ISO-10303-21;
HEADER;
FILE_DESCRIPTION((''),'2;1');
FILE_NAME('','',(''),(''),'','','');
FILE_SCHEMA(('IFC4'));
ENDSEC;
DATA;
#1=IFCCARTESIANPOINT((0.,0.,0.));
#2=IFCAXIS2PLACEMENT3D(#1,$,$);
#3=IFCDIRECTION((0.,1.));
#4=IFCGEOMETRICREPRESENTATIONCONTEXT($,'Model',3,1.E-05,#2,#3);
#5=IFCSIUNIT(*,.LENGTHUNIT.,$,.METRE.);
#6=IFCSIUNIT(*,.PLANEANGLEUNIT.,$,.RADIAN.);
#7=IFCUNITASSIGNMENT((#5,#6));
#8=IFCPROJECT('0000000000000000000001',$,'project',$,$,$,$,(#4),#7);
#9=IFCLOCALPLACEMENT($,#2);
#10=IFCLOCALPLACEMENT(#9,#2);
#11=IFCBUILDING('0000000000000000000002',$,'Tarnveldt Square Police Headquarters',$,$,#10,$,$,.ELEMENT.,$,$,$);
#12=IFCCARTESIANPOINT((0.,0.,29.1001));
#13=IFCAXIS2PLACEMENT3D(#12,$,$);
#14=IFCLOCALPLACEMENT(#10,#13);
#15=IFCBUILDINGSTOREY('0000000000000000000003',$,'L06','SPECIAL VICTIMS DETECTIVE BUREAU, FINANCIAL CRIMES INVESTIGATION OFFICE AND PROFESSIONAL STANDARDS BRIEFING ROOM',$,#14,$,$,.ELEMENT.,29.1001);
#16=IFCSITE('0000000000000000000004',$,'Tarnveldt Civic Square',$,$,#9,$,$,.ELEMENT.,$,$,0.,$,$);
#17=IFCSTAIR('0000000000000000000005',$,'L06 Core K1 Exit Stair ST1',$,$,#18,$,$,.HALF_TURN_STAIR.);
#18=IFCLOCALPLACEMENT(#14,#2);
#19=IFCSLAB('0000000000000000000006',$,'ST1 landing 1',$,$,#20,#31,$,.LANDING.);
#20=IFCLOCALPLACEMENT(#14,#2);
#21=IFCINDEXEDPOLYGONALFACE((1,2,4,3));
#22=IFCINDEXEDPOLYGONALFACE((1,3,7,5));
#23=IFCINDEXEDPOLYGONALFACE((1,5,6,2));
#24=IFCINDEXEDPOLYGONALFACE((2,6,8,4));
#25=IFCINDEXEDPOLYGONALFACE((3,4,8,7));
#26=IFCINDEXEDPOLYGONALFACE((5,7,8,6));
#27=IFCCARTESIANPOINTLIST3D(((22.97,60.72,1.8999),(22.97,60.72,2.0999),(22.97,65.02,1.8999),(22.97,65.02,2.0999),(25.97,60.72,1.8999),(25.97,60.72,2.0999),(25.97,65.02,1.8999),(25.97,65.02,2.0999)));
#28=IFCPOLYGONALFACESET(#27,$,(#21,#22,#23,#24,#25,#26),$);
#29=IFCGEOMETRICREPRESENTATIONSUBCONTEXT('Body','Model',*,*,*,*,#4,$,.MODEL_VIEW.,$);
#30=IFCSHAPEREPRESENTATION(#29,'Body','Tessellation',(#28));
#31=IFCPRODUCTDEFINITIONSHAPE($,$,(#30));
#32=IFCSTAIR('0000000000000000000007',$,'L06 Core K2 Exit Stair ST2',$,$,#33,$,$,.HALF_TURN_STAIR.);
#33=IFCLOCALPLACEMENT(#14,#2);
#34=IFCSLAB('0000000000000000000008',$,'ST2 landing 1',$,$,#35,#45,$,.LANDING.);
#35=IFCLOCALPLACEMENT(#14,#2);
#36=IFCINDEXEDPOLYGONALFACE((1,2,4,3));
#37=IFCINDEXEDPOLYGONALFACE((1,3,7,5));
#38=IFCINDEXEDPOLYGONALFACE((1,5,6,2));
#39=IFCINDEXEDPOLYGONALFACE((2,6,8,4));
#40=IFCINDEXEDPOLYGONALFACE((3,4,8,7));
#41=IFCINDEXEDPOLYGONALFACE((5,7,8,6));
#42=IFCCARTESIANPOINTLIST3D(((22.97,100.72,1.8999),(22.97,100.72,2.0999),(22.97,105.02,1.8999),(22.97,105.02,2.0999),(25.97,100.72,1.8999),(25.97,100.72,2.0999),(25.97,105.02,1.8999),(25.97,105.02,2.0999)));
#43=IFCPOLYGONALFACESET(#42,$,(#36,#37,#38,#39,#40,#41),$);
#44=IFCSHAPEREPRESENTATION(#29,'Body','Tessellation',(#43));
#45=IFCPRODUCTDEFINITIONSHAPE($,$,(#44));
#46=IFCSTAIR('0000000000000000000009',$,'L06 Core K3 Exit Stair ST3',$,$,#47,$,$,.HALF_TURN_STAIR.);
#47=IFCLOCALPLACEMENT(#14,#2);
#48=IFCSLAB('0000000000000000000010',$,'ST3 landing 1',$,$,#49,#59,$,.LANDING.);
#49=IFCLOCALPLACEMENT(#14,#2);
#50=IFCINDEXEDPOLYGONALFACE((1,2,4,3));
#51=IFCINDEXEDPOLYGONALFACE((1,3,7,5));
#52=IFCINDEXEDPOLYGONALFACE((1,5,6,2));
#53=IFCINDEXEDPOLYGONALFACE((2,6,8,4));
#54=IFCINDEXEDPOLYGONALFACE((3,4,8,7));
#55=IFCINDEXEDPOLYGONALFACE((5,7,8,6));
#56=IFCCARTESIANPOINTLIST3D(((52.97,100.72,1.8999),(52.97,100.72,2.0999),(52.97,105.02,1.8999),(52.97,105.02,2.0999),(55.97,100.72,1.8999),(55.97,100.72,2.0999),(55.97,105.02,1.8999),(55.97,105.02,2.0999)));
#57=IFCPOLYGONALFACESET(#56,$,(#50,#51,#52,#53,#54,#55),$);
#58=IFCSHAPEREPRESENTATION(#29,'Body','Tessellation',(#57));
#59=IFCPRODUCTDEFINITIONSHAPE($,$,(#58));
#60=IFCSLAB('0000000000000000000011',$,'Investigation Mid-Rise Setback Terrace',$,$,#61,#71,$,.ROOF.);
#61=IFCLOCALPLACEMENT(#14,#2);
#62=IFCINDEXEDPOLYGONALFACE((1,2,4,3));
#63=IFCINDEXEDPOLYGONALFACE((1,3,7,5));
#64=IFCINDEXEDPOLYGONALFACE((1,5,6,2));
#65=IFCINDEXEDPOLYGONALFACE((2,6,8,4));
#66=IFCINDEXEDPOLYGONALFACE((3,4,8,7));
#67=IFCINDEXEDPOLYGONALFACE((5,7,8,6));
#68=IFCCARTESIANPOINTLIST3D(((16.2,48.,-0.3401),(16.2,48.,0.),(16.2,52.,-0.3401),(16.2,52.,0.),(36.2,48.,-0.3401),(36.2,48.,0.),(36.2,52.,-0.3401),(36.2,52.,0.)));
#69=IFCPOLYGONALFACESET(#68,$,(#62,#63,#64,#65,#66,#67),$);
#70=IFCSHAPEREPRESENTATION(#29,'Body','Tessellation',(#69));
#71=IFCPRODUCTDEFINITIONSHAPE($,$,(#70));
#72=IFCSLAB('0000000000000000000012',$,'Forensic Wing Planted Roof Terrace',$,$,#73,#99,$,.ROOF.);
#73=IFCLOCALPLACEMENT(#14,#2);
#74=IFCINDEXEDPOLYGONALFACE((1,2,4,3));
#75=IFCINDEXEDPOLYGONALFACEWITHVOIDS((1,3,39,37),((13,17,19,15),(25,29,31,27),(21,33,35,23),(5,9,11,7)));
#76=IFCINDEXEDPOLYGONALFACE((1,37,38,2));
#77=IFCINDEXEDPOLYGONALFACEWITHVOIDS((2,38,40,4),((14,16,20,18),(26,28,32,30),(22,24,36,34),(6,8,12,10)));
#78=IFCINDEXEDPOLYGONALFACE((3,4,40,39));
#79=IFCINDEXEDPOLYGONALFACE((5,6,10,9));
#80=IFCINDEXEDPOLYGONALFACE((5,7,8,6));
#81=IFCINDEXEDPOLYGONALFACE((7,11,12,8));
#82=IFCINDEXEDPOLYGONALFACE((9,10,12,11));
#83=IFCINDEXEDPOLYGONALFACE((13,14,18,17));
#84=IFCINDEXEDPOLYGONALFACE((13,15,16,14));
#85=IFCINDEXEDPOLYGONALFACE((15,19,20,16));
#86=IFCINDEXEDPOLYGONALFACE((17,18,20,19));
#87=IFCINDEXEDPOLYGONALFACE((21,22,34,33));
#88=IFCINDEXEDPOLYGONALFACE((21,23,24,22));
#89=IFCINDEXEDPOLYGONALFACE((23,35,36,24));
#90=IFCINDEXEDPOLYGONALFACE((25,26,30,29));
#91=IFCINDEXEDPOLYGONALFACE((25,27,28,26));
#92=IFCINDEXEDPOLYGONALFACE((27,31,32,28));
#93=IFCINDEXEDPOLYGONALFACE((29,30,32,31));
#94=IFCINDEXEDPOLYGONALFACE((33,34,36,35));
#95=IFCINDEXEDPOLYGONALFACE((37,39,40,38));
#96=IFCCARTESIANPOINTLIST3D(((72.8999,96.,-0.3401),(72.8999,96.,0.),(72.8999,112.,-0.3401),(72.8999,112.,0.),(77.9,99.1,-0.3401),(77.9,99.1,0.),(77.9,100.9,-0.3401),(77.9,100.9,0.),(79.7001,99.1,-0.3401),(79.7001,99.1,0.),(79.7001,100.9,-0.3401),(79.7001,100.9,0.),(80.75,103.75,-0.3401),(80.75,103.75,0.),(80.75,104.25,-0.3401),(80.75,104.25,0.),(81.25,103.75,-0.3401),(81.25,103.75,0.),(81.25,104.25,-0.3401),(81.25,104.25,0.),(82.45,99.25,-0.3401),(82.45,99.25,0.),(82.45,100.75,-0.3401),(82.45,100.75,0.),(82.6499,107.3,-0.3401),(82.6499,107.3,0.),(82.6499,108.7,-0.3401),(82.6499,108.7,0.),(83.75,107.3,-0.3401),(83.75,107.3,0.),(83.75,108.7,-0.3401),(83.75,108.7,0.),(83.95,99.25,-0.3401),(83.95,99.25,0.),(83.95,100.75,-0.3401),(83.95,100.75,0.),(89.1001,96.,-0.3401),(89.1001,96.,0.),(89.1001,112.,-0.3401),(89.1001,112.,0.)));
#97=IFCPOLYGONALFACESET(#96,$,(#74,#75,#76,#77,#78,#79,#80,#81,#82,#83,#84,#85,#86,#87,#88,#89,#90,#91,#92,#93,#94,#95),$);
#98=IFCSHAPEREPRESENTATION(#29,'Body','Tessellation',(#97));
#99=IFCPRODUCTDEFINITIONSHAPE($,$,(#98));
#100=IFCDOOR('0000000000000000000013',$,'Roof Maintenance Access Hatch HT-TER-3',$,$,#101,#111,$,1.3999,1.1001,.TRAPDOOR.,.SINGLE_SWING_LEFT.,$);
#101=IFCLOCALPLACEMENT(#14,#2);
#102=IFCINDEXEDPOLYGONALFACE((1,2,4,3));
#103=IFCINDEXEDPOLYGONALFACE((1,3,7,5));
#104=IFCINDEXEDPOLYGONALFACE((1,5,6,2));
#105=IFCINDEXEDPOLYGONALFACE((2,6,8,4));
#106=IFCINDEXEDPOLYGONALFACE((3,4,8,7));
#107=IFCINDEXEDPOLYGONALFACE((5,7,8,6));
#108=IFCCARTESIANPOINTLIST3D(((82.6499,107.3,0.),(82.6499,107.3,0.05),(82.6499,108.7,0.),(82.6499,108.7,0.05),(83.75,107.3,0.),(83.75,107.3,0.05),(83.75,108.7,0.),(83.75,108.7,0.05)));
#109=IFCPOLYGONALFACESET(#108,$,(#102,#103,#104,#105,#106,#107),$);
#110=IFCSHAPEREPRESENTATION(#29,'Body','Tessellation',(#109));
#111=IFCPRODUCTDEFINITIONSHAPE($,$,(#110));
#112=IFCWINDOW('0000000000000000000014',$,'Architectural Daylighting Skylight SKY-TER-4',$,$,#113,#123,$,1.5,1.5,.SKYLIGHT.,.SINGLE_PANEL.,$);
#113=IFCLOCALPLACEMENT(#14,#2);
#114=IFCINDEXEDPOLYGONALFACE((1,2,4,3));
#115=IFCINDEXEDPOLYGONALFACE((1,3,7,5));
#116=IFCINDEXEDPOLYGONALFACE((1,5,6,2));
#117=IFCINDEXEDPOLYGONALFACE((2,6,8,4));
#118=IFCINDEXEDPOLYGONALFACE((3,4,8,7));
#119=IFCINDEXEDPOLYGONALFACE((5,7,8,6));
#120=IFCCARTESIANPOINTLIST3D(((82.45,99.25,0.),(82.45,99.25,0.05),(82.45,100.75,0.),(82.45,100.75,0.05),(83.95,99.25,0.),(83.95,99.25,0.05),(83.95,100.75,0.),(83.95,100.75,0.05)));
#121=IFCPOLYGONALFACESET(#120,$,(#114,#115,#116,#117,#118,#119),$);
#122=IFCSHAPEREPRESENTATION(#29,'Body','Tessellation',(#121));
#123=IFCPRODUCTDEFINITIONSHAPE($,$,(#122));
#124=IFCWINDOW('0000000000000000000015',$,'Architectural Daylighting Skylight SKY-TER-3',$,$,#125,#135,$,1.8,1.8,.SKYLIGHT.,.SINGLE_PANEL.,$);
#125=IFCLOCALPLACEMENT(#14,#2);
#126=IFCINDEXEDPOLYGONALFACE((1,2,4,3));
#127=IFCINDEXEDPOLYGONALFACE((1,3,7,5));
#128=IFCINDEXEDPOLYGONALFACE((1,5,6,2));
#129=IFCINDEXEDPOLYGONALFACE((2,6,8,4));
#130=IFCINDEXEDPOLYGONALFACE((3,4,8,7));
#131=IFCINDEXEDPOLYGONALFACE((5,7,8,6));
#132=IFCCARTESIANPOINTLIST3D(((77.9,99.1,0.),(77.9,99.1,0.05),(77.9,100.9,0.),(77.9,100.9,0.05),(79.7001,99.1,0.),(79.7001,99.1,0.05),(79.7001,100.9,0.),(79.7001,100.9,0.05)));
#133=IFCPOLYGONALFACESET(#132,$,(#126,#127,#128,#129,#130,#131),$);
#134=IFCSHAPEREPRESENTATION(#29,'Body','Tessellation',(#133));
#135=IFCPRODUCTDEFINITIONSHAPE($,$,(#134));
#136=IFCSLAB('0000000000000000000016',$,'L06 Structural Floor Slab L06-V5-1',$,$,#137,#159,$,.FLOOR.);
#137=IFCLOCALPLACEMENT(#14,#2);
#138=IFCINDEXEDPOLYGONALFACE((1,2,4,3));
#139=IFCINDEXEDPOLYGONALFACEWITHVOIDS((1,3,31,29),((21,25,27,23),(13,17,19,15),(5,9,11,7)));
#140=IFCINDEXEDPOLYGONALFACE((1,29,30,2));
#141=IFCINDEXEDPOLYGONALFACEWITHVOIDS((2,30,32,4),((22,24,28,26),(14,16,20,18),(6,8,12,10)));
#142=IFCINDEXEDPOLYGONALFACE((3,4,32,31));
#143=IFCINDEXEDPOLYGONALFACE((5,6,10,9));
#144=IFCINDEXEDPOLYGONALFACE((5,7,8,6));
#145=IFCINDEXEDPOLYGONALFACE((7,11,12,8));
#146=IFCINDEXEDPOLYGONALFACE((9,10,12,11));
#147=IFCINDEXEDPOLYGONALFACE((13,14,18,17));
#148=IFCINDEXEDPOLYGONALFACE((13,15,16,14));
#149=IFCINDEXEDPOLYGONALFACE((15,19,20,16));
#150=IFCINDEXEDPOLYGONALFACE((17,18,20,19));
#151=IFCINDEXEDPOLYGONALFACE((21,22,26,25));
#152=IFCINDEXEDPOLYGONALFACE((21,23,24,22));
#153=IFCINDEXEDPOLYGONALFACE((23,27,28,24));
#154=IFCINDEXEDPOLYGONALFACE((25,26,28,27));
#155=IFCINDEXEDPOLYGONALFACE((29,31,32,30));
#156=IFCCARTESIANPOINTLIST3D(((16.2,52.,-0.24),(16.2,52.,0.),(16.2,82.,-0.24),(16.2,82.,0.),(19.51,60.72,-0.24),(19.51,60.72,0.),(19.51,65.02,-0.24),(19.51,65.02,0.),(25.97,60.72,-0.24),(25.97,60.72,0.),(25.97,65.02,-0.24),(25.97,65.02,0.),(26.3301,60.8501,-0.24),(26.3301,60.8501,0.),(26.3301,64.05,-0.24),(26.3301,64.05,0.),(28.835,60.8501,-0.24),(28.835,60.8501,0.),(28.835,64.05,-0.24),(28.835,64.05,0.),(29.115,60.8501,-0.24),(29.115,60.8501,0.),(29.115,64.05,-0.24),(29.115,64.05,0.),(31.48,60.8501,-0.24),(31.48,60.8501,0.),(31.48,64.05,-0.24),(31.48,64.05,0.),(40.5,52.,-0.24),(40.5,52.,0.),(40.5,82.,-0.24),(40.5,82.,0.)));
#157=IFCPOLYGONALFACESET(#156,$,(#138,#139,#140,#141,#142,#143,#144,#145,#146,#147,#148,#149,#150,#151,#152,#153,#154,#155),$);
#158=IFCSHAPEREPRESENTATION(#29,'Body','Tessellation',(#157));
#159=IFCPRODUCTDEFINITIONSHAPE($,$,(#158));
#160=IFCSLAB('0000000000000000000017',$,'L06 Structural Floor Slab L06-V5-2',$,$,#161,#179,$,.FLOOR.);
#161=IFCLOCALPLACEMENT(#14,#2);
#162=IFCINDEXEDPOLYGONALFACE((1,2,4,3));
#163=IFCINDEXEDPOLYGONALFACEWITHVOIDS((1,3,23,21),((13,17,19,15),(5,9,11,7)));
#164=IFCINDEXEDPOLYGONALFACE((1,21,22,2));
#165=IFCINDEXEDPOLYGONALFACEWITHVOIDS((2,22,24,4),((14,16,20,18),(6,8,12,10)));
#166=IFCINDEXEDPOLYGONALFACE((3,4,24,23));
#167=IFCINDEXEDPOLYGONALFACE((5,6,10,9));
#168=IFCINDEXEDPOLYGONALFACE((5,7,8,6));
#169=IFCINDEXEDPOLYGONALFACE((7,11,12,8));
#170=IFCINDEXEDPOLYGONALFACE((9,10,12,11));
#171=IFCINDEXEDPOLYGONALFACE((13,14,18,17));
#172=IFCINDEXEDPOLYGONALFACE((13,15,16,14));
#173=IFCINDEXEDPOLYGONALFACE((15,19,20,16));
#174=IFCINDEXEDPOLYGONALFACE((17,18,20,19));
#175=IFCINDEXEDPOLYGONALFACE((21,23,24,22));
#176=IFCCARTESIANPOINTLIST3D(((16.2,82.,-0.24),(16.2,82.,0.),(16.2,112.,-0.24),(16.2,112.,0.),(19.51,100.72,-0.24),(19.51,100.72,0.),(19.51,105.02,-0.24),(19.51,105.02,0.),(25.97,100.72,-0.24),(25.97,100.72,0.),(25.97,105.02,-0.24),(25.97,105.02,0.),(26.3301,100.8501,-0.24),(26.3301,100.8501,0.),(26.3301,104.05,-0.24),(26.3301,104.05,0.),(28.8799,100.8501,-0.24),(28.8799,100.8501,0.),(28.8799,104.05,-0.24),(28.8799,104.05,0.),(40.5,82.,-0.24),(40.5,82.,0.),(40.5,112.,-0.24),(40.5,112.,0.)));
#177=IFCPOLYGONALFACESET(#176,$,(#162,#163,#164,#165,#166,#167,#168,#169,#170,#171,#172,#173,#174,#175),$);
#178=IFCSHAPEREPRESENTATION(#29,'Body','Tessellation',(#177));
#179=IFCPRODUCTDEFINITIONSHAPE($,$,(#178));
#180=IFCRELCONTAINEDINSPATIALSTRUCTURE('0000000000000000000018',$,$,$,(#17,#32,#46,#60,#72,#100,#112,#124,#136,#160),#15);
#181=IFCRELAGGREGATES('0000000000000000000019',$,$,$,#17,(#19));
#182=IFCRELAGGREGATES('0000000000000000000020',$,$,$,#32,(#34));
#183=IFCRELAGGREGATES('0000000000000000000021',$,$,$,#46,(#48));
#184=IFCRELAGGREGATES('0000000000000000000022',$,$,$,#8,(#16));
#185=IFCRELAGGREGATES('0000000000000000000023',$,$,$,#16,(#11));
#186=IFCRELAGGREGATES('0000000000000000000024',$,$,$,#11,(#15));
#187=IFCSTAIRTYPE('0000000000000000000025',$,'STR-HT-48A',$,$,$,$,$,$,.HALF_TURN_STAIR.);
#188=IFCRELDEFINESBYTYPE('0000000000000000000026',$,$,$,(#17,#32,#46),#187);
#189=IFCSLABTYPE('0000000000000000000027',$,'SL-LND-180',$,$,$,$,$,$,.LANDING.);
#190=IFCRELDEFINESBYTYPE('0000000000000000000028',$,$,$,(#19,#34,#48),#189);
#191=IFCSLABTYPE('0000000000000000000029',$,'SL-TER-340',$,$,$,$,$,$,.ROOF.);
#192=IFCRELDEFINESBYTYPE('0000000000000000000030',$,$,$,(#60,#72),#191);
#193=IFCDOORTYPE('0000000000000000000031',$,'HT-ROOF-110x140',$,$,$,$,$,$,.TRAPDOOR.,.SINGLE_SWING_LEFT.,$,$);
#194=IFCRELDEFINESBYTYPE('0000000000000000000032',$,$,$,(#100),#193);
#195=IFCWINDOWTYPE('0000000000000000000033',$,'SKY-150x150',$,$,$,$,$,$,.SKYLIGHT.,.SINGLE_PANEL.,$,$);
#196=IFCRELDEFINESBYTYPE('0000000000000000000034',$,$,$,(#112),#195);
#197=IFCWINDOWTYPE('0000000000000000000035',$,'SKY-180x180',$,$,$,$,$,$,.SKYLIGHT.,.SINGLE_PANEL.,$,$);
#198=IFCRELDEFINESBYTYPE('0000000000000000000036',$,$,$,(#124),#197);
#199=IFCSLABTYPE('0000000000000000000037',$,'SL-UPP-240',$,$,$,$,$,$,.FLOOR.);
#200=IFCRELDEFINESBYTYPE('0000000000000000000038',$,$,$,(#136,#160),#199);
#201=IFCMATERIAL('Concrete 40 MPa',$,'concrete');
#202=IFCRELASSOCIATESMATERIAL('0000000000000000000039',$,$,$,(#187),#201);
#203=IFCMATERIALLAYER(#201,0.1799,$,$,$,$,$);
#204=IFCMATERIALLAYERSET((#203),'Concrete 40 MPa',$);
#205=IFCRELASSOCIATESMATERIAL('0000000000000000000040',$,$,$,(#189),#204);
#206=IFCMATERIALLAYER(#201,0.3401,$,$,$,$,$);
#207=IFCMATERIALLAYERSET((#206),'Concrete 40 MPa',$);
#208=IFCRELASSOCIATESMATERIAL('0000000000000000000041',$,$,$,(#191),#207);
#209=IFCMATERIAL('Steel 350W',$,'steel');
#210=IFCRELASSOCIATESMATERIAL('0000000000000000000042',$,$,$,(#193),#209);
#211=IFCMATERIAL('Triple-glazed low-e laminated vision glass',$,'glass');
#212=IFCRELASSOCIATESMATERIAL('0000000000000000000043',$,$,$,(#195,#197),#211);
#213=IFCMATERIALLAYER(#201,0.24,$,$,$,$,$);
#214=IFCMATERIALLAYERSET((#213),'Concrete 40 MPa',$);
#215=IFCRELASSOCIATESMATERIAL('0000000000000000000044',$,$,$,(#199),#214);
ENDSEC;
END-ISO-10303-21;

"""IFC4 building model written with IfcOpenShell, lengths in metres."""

from ifc_helpers import new_model, si_unit, direction, frame, origin, origin_2d, place, context, subcontext, project, spatial, polyline, rectangle, outline, extrude, material, layer, layer_set, type_object, element, fill, aggregate, save


model = new_model("IFC4")

# Units and contexts
model_context = context("Model", 3, precision=1e-05, world=origin(), true_north=direction((0.0, 1.0)))
body_context = subcontext(model_context, "Body", "Model", "MODEL_VIEW")
ifc_project = project(units=[si_unit("LENGTHUNIT", "METRE"), si_unit("PLANEANGLEUNIT", "RADIAN")], contexts=[model_context])

# Site, building, storey
site_placement = place(None, origin())
site = spatial("IfcSite", under=ifc_project, at=site_placement, Name="Tarnveldt Civic Square", CompositionType="ELEMENT", RefElevation=0.0)
building_placement = place(site_placement, origin())
building = spatial("IfcBuilding", under=site, at=building_placement, Name="Tarnveldt Square Police Headquarters", CompositionType="ELEMENT")
storey_placement = place(building_placement, frame((0.0, 0.0, 29.1001)))
storey = spatial("IfcBuildingStorey", under=building, at=storey_placement, Name="L06", Description="SPECIAL VICTIMS DETECTIVE BUREAU, FINANCIAL CRIMES INVESTIGATION OFFICE AND PROFESSIONAL STANDARDS BRIEFING ROOM", CompositionType="ELEMENT", Elevation=29.1001)

# Stairs, slabs
ifc_material_1 = material(Name="Concrete 40 MPa", Category="concrete")
stair_type = type_object("IfcStairType", Name="STR-HT-48A", PredefinedType="HALF_TURN_STAIR", material=ifc_material_1)
stair_1_placement = place(storey_placement, origin())
stair_1 = element("IfcStair", 1, at=stair_1_placement, inside=storey, type_object=stair_type, Name="L06 Core K1 Exit Stair ST1", PredefinedType="HALF_TURN_STAIR")
ifc_layer_1 = layer(ifc_material_1, 0.1799)
ifc_layer_set_1 = layer_set([ifc_layer_1], Name="Concrete 40 MPa")
slab_type_1 = type_object("IfcSlabType", Name="SL-LND-180", PredefinedType="LANDING", material=ifc_layer_set_1)
slab_1_placement = place(storey_placement, frame((0.0, 0.0, 1.8999)))
slab_1 = element("IfcSlab", 2, at=slab_1_placement, type_object=slab_type_1, Name="ST1 landing 1", PredefinedType="LANDING", context=body_context, shape_type="SweptSolid", body=[
    extrude(outline(polyline([(22.97, 60.72), (25.97, 60.72), (25.97, 65.02), (22.97, 65.02), (22.97, 60.72)])), origin(), (0.0, 0.0, 1.0), 0.2),
])
aggregate(stair_1, [slab_1])
stair_2_placement = place(storey_placement, origin())
stair_2 = element("IfcStair", 3, at=stair_2_placement, inside=storey, type_object=stair_type, Name="L06 Core K2 Exit Stair ST2", PredefinedType="HALF_TURN_STAIR")
slab_2_placement = place(storey_placement, frame((0.0, 0.0, 1.8999)))
slab_2 = element("IfcSlab", 4, at=slab_2_placement, type_object=slab_type_1, Name="ST2 landing 1", PredefinedType="LANDING", context=body_context, shape_type="SweptSolid", body=[
    extrude(outline(polyline([(22.97, 100.72), (25.97, 100.72), (25.97, 105.02), (22.97, 105.02), (22.97, 100.72)])), origin(), (0.0, 0.0, 1.0), 0.2),
])
aggregate(stair_2, [slab_2])
stair_3_placement = place(storey_placement, origin())
stair_3 = element("IfcStair", 5, at=stair_3_placement, inside=storey, type_object=stair_type, Name="L06 Core K3 Exit Stair ST3", PredefinedType="HALF_TURN_STAIR")
slab_3_placement = place(storey_placement, frame((0.0, 0.0, 1.8999)))
slab_3 = element("IfcSlab", 6, at=slab_3_placement, type_object=slab_type_1, Name="ST3 landing 1", PredefinedType="LANDING", context=body_context, shape_type="SweptSolid", body=[
    extrude(outline(polyline([(52.97, 100.72), (55.97, 100.72), (55.97, 105.02), (52.97, 105.02), (52.97, 100.72)])), origin(), (0.0, 0.0, 1.0), 0.2),
])
aggregate(stair_3, [slab_3])

# Slab
ifc_layer_2 = layer(ifc_material_1, 0.3401)
ifc_layer_set_2 = layer_set([ifc_layer_2], Name="Concrete 40 MPa")
slab_type_2 = type_object("IfcSlabType", Name="SL-TER-340", PredefinedType="ROOF", material=ifc_layer_set_2)
slab_4_placement = place(storey_placement, frame((0.0, 0.0, -0.3401)))
element("IfcSlab", 7, at=slab_4_placement, inside=storey, type_object=slab_type_2, Name="Investigation Mid-Rise Setback Terrace", PredefinedType="ROOF", context=body_context, shape_type="SweptSolid", body=[
    extrude(outline(polyline([(36.2, 48.0), (16.2, 48.0), (16.2, 52.0), (36.2, 52.0), (36.2, 48.0)])), origin(), (0.0, 0.0, 1.0), 0.3401),
])

# Slab, openings, door, windows
slab_5_placement = place(storey_placement, frame((0.0, 0.0, -0.3401)))
slab_5 = element("IfcSlab", 8, at=slab_5_placement, inside=storey, type_object=slab_type_2, Name="Forensic Wing Planted Roof Terrace", PredefinedType="ROOF", context=body_context, shape_type="SweptSolid", body=[
    extrude(outline(polyline([(89.1001, 96.0), (72.8999, 96.0), (72.8999, 112.0), (89.1001, 112.0), (89.1001, 96.0)]), holes=[polyline([(81.25, 104.25), (80.75, 104.25), (80.75, 103.75), (81.25, 103.75), (81.25, 104.25)])]), origin(), (0.0, 0.0, 1.0), 0.3401),
])
opening_1_placement = place(slab_5_placement, frame((78.8, 100.0, 0.0)))
opening_1 = element("IfcOpeningElement", 9, at=opening_1_placement, cuts=slab_5, PredefinedType="OPENING", context=body_context, shape_type="SweptSolid", body=[
    extrude(rectangle(XDim=1.8, YDim=1.8, at=origin_2d()), frame((0.0, 0.0, -0.01)), (0.0, 0.0, 1.0), 0.4202),
])
opening_2_placement = place(slab_5_placement, frame((83.2, 100.0, 0.0)))
opening_2 = element("IfcOpeningElement", 10, at=opening_2_placement, cuts=slab_5, PredefinedType="OPENING", context=body_context, shape_type="SweptSolid", body=[
    extrude(rectangle(XDim=1.5, YDim=1.5, at=origin_2d()), frame((0.0, 0.0, -0.01)), (0.0, 0.0, 1.0), 0.4202),
])
opening_3_placement = place(slab_5_placement, frame((83.2, 108.0, 0.0)))
opening_3 = element("IfcOpeningElement", 11, at=opening_3_placement, cuts=slab_5, PredefinedType="OPENING", context=body_context, shape_type="SweptSolid", body=[
    extrude(rectangle(XDim=1.1001, YDim=1.3999, at=origin_2d()), frame((0.0, 0.0, -0.01)), (0.0, 0.0, 1.0), 0.4202),
])
ifc_material_2 = material(Name="Steel 350W", Category="steel")
door_type_1 = type_object("IfcDoorType", Name="HT-ROOF-110x140", OperationType="SINGLE_SWING_LEFT", PredefinedType="TRAPDOOR", material=ifc_material_2)
door_1_placement = place(opening_3_placement, frame((0.0, 0.0, 0.3401)))
door_1 = element("IfcDoor", 12, at=door_1_placement, inside=storey, type_object=door_type_1, Name="Roof Maintenance Access Hatch HT-TER-3", OperationType="SINGLE_SWING_LEFT", OverallHeight=1.3999, OverallWidth=1.1001, PredefinedType="TRAPDOOR", context=body_context, shape_type="SweptSolid", body=[
    extrude(rectangle(XDim=1.1001, YDim=1.3999, at=origin_2d()), origin(), (0.0, 0.0, 1.0), 0.05),
])
fill(opening_3, door_1)
ifc_material_3 = material(Name="Triple-glazed low-e laminated vision glass", Category="glass")
window_type_1 = type_object("IfcWindowType", Name="SKY-150x150", PartitioningType="SINGLE_PANEL", PredefinedType="SKYLIGHT", material=ifc_material_3)
window_1_placement = place(opening_2_placement, frame((0.0, 0.0, 0.3401)))
window_1 = element("IfcWindow", 13, at=window_1_placement, inside=storey, type_object=window_type_1, Name="Architectural Daylighting Skylight SKY-TER-4", OverallHeight=1.5, OverallWidth=1.5, PartitioningType="SINGLE_PANEL", PredefinedType="SKYLIGHT", context=body_context, shape_type="SweptSolid", body=[
    extrude(rectangle(XDim=1.5, YDim=1.5, at=origin_2d()), origin(), (0.0, 0.0, 1.0), 0.05),
])
fill(opening_2, window_1)
window_type_2 = type_object("IfcWindowType", Name="SKY-180x180", PartitioningType="SINGLE_PANEL", PredefinedType="SKYLIGHT", material=ifc_material_3)
window_2_placement = place(opening_1_placement, frame((0.0, 0.0, 0.3401)))
window_2 = element("IfcWindow", 14, at=window_2_placement, inside=storey, type_object=window_type_2, Name="Architectural Daylighting Skylight SKY-TER-3", OverallHeight=1.8, OverallWidth=1.8, PartitioningType="SINGLE_PANEL", PredefinedType="SKYLIGHT", context=body_context, shape_type="SweptSolid", body=[
    extrude(rectangle(XDim=1.8, YDim=1.8, at=origin_2d()), origin(), (0.0, 0.0, 1.0), 0.05),
])
fill(opening_1, window_2)

# Slabs
ifc_layer_3 = layer(ifc_material_1, 0.24)
ifc_layer_set_3 = layer_set([ifc_layer_3], Name="Concrete 40 MPa")
slab_type_3 = type_object("IfcSlabType", Name="SL-UPP-240", PredefinedType="FLOOR", material=ifc_layer_set_3)
slab_6_placement = place(storey_placement, frame((0.0, 0.0, -0.24)))
element("IfcSlab", 15, at=slab_6_placement, inside=storey, type_object=slab_type_3, Name="L06 Structural Floor Slab L06-V5-1", PredefinedType="FLOOR", context=body_context, shape_type="SweptSolid", body=[
    extrude(outline(polyline([(40.5, 52.0), (16.2, 52.0), (16.2, 82.0), (40.5, 82.0), (40.5, 52.0)]), holes=[polyline([(26.3301, 60.8501), (28.835, 60.8501), (28.835, 64.05), (26.3301, 64.05), (26.3301, 60.8501)]), polyline([(29.115, 60.8501), (31.48, 60.8501), (31.48, 64.05), (29.115, 64.05), (29.115, 60.8501)]), polyline([(19.51, 60.72), (25.97, 60.72), (25.97, 65.02), (19.51, 65.02), (19.51, 60.72)])]), origin(), (0.0, 0.0, 1.0), 0.24),
])
slab_7_placement = place(storey_placement, frame((0.0, 0.0, -0.24)))
element("IfcSlab", 16, at=slab_7_placement, inside=storey, type_object=slab_type_3, Name="L06 Structural Floor Slab L06-V5-2", PredefinedType="FLOOR", context=body_context, shape_type="SweptSolid", body=[
    extrude(outline(polyline([(40.5, 112.0), (40.5, 82.0), (16.2, 82.0), (16.2, 112.0), (40.5, 112.0)]), holes=[polyline([(26.3301, 100.8501), (28.8799, 100.8501), (28.8799, 104.05), (26.3301, 104.05), (26.3301, 100.8501)]), polyline([(19.51, 100.72), (25.97, 100.72), (25.97, 105.02), (19.51, 105.02), (19.51, 100.72)])]), origin(), (0.0, 0.0, 1.0), 0.24),
])

save(model, "model.ifc")
